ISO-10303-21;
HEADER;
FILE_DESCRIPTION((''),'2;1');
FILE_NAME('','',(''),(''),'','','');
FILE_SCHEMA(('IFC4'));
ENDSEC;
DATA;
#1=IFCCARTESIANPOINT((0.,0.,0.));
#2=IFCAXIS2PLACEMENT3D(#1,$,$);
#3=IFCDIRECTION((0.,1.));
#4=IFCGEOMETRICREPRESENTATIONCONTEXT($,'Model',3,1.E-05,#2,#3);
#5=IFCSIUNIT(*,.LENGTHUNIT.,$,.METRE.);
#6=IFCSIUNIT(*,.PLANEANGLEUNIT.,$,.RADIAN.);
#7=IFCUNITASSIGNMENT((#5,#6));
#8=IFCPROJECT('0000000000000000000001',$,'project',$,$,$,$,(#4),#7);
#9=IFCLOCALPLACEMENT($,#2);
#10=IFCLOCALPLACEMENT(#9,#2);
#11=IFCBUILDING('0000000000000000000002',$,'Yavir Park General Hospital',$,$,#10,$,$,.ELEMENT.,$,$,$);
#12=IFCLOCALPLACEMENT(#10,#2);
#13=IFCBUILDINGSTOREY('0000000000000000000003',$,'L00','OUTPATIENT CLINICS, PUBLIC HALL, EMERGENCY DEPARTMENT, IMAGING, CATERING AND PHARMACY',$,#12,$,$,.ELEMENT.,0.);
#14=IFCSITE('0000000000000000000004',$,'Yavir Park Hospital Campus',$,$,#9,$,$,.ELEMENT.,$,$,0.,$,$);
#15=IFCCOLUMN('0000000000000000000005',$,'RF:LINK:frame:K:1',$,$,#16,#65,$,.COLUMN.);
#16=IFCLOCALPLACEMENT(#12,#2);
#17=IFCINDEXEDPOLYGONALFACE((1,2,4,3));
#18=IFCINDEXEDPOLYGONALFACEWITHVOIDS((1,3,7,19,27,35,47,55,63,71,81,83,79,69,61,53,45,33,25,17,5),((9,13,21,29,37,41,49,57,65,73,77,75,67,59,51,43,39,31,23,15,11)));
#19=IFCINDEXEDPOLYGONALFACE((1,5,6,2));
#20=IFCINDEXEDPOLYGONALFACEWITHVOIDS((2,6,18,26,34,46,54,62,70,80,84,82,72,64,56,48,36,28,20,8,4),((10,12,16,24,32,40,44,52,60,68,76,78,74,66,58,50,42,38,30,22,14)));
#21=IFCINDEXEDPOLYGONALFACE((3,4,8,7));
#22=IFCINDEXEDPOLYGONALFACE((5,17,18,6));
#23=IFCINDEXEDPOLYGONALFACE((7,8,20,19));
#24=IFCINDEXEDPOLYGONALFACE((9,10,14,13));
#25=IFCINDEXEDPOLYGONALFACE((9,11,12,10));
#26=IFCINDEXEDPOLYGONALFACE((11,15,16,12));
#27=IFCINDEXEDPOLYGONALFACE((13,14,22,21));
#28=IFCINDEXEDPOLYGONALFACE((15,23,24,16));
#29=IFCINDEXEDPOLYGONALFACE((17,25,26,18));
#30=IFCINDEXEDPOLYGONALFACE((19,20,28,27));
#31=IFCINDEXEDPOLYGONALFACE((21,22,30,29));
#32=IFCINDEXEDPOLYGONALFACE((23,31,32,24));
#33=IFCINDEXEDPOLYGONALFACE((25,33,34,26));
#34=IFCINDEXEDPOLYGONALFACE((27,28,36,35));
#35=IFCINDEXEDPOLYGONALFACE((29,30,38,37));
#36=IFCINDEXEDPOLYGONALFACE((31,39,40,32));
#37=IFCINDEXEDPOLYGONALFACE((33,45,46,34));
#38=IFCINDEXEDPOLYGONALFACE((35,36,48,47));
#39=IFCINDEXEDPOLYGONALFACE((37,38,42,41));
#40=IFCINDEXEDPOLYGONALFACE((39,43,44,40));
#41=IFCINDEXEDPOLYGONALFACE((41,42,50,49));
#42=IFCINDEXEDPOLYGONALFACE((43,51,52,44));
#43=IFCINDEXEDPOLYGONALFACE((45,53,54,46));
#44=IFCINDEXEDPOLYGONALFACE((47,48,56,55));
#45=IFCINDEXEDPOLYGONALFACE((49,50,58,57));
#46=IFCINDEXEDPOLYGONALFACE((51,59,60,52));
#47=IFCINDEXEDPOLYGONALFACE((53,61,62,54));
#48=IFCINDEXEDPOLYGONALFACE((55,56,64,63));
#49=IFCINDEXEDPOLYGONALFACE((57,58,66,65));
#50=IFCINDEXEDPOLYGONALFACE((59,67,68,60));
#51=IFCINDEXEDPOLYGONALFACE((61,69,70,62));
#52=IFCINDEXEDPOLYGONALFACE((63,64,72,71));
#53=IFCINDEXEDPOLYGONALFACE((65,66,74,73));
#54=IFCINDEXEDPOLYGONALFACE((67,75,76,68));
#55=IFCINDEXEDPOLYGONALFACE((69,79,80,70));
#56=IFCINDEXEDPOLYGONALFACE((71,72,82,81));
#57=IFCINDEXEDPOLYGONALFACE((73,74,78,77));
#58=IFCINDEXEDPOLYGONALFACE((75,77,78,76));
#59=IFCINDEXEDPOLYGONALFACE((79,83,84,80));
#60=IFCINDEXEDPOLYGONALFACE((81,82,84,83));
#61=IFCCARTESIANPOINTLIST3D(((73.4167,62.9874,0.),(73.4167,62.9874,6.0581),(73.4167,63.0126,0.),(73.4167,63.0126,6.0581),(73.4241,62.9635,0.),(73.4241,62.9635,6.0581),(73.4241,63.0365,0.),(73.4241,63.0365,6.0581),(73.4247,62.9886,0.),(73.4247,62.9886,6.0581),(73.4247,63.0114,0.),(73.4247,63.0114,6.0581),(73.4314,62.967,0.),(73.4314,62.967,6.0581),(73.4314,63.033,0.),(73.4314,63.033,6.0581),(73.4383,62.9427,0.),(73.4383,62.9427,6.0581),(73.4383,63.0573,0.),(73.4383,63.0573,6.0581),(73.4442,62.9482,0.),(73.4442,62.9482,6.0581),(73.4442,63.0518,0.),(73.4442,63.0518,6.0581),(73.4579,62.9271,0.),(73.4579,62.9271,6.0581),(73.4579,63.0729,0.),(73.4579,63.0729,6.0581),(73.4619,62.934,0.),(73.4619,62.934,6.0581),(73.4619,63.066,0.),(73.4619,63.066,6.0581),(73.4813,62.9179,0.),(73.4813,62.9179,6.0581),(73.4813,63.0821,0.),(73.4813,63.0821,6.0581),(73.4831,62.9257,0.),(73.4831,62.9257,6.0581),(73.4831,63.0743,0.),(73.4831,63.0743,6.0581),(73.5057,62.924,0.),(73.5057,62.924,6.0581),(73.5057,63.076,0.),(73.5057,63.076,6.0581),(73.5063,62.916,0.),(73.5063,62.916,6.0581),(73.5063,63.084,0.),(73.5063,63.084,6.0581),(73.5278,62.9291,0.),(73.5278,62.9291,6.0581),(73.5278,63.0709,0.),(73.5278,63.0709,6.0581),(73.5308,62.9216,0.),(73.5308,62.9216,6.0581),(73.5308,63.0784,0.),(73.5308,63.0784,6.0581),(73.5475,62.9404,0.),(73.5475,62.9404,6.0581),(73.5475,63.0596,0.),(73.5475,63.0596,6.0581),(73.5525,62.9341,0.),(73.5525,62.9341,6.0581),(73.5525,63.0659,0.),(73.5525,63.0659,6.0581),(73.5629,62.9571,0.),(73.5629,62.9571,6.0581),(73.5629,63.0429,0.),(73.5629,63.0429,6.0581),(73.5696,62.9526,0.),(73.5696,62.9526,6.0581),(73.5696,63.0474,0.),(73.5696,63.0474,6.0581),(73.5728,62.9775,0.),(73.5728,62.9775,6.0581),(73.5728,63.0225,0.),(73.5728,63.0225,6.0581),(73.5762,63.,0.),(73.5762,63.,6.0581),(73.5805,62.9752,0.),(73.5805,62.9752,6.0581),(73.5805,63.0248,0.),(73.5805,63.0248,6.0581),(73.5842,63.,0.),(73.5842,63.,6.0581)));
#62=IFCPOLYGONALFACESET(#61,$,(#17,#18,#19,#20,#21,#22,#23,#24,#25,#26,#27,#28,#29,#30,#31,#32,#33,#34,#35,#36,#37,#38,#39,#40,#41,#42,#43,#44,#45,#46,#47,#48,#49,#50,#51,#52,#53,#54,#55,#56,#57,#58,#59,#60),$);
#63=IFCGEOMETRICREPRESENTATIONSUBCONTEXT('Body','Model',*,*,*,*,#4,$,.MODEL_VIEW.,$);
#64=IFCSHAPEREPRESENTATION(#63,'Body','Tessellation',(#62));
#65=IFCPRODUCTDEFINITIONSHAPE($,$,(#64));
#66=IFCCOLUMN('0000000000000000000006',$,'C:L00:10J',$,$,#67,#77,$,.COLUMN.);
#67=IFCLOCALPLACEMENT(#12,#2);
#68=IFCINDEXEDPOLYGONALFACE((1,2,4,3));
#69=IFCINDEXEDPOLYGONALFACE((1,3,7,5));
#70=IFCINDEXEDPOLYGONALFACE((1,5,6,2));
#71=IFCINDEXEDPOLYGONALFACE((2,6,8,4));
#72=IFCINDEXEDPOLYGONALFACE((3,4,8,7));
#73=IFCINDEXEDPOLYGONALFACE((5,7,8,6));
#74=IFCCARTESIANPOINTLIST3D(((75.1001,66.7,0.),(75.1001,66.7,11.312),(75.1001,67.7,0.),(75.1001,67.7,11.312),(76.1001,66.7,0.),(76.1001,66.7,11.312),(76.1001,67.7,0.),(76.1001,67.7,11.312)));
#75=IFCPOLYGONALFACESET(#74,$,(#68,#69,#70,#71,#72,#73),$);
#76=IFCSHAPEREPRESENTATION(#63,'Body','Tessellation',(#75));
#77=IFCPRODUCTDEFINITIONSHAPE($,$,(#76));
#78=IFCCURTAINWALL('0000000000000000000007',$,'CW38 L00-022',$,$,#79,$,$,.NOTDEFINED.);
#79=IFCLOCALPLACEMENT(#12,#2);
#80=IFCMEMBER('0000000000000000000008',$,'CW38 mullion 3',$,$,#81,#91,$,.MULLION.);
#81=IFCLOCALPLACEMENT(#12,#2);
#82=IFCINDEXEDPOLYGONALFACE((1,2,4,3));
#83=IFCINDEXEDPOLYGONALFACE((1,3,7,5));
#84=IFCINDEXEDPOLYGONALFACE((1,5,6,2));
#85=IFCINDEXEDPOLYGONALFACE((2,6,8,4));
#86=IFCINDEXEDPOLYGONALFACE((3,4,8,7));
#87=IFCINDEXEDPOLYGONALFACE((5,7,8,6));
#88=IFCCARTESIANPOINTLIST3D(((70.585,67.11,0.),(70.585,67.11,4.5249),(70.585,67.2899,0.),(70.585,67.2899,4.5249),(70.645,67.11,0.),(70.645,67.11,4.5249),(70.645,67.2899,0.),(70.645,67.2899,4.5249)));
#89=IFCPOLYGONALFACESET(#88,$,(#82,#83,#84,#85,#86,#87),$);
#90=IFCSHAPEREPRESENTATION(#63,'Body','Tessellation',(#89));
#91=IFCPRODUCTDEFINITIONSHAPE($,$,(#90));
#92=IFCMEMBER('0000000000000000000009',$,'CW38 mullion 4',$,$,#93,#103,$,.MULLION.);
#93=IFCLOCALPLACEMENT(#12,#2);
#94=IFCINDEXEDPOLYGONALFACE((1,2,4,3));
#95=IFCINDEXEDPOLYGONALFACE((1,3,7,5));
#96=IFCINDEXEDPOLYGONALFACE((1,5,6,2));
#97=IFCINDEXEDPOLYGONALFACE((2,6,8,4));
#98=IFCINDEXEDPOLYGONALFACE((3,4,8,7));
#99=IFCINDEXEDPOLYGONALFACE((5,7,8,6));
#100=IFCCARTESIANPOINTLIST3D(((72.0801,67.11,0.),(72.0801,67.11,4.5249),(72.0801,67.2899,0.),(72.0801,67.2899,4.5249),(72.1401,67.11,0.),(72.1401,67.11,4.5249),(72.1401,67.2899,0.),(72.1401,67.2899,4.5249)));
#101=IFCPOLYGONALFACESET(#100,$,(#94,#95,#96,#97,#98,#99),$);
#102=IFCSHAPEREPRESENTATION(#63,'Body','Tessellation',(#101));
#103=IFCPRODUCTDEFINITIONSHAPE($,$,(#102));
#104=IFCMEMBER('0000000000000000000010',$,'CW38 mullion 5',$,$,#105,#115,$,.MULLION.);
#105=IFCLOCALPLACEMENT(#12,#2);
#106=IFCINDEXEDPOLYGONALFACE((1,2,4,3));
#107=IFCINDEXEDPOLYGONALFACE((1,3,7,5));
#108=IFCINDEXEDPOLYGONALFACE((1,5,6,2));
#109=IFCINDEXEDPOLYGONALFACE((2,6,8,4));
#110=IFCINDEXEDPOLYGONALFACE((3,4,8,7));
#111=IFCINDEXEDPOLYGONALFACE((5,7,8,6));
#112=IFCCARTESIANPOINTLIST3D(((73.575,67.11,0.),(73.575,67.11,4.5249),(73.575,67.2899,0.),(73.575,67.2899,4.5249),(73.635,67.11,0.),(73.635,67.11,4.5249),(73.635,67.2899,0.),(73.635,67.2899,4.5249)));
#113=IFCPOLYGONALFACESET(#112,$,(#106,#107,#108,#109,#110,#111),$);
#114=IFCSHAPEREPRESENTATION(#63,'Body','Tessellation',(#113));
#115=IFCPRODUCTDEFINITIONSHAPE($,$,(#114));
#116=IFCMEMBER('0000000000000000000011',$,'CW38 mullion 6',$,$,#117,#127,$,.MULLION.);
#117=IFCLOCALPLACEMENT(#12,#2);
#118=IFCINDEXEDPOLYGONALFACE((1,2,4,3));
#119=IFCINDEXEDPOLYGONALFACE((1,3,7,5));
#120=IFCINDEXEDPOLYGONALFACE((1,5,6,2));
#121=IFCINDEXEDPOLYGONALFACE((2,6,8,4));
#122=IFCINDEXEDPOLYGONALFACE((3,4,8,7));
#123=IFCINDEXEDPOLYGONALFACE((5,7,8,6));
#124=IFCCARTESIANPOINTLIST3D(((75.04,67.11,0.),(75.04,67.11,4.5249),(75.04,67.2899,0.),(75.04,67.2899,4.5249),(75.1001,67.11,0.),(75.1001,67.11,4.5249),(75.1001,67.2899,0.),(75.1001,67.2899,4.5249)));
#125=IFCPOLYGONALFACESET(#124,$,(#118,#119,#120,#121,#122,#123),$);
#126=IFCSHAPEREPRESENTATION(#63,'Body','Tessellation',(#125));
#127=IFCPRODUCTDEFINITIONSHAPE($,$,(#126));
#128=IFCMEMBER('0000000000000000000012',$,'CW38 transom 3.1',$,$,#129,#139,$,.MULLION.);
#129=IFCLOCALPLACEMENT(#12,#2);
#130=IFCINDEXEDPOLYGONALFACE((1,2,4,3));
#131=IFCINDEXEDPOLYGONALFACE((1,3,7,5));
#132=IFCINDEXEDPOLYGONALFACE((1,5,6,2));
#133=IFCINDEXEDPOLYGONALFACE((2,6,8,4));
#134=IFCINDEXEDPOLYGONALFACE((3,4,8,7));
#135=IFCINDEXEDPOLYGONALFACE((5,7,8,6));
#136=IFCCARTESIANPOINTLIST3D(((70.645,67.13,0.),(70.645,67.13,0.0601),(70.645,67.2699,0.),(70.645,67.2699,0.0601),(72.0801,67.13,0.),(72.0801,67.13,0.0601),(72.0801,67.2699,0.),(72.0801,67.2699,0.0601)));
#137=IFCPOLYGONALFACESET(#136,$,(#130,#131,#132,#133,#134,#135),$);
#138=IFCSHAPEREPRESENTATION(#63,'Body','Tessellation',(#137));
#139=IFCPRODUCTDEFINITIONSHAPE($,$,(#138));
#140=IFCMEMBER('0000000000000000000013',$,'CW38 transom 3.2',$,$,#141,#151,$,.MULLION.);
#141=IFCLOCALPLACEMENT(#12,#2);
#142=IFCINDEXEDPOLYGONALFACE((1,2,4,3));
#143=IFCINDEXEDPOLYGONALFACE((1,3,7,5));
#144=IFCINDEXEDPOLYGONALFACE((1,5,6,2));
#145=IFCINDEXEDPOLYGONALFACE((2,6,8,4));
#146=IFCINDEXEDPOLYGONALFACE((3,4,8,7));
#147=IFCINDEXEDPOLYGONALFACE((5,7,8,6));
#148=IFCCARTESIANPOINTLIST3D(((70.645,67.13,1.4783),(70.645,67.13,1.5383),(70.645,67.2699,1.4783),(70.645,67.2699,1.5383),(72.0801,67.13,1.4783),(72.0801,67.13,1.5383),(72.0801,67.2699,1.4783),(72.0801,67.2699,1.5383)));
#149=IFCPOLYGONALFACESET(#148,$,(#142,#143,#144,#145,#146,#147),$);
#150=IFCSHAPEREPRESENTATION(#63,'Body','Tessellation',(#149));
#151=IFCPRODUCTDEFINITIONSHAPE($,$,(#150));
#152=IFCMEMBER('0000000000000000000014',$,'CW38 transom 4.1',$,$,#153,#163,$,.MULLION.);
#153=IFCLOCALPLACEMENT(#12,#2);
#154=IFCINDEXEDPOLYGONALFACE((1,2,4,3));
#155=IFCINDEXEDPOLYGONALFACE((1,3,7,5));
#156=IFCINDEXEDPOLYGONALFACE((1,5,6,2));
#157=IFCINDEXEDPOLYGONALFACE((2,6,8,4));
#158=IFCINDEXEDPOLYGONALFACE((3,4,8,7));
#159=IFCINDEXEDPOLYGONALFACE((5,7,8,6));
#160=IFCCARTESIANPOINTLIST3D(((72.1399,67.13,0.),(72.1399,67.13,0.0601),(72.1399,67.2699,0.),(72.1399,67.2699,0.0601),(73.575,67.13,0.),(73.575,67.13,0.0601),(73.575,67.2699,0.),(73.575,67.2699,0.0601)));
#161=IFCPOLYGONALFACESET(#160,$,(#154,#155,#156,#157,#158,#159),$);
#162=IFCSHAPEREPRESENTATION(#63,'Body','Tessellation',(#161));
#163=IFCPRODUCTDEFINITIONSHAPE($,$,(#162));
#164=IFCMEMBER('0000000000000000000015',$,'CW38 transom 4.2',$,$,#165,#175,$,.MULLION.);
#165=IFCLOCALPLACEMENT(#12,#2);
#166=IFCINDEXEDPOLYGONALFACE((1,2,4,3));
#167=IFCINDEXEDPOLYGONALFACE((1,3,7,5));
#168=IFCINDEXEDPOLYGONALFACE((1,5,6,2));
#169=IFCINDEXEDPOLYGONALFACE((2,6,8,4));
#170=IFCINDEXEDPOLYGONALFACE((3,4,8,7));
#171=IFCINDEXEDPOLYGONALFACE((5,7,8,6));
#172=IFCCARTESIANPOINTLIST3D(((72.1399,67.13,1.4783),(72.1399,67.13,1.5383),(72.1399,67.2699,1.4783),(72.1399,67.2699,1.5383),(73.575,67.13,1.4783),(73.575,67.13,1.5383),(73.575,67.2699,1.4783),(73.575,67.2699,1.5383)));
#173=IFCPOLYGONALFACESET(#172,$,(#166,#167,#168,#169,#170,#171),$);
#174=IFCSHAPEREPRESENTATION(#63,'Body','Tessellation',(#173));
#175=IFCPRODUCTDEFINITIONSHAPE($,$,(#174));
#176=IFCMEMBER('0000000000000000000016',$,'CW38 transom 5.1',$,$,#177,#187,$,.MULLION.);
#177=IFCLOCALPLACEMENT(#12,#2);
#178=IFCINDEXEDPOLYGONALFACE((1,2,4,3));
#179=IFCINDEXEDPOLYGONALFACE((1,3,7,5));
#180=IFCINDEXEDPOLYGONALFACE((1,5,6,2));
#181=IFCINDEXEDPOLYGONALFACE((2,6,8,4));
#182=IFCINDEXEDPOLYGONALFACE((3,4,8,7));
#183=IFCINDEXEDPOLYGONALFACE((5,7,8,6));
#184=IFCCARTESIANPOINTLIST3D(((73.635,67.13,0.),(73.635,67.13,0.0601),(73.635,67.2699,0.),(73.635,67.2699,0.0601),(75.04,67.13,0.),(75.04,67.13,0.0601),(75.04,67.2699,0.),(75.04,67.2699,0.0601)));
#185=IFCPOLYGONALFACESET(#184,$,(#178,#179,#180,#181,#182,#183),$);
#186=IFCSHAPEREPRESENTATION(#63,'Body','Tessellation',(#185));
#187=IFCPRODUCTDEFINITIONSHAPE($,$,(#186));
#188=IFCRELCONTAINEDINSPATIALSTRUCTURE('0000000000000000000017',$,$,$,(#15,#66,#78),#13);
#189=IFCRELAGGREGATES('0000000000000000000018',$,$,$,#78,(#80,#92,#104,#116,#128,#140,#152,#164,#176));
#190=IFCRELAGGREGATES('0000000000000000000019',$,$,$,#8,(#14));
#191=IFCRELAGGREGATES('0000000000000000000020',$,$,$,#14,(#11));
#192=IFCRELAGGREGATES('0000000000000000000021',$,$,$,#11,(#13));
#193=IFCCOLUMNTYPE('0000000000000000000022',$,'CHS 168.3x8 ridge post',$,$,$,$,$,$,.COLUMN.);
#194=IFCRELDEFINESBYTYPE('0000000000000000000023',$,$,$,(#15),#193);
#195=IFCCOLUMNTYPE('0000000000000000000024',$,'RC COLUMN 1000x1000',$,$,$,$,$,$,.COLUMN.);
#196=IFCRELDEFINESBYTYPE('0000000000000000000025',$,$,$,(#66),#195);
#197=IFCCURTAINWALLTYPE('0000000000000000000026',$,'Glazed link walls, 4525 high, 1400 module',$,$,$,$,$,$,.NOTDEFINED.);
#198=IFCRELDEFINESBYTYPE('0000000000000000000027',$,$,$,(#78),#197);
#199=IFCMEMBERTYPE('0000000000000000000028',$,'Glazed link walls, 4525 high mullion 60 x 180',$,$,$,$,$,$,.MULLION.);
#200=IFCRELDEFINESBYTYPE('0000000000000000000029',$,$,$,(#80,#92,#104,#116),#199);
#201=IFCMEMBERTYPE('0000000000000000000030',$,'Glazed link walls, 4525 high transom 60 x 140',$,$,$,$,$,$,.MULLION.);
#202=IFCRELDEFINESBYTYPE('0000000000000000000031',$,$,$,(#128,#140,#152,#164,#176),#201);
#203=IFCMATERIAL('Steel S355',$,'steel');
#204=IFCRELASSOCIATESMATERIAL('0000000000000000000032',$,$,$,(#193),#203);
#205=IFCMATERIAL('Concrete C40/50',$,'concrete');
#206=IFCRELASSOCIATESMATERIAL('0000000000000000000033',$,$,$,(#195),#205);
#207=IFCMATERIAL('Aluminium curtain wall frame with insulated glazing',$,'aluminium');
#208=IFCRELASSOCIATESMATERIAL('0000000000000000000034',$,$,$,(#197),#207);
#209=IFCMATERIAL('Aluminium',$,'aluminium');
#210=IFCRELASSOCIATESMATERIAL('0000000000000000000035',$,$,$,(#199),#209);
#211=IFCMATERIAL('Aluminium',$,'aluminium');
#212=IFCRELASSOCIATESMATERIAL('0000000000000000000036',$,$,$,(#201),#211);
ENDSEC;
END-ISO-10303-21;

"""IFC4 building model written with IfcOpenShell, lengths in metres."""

from ifc_helpers import new_model, si_unit, direction, frame, origin, origin_2d, place, context, subcontext, project, spatial, rectangle, hollow_circle, extrude, material, material_profile, profile_set, type_object, element, aggregate, save


model = new_model("IFC4")

# Units and contexts
model_context = context("Model", 3, precision=1e-05, world=origin(), true_north=direction((0.0, 1.0)))
body_context = subcontext(model_context, "Body", "Model", "MODEL_VIEW")
ifc_project = project(units=[si_unit("LENGTHUNIT", "METRE"), si_unit("PLANEANGLEUNIT", "RADIAN")], contexts=[model_context])

# Site, building, storey
site_placement = place(None, origin())
site = spatial("IfcSite", under=ifc_project, at=site_placement, Name="Yavir Park Hospital Campus", CompositionType="ELEMENT", RefElevation=0.0)
building_placement = place(site_placement, origin())
building = spatial("IfcBuilding", under=site, at=building_placement, Name="Yavir Park General Hospital", CompositionType="ELEMENT")
storey_placement = place(building_placement, origin())
storey = spatial("IfcBuildingStorey", under=building, at=storey_placement, Name="L00", Description="OUTPATIENT CLINICS, PUBLIC HALL, EMERGENCY DEPARTMENT, IMAGING, CATERING AND PHARMACY", CompositionType="ELEMENT", Elevation=0.0)

# Columns
ifc_material_1 = material(Name="Steel S355", Category="steel")
ifc_material_profile_1 = material_profile(ifc_material_1, hollow_circle(Radius=0.0842, WallThickness=0.0081, at=origin_2d()), Name="CHS168.3x8")
ifc_profile_set_1 = profile_set([ifc_material_profile_1], Name="Steel S355")
column_type_1 = type_object("IfcColumnType", Name="CHS 168.3x8 ridge post", PredefinedType="COLUMN", material=ifc_profile_set_1)
column_1_placement = place(storey_placement, frame((73.5, 63.0, 0.0), z_axis=(0.0, 0.0, 1.0), x_axis=(1.0, 0.0, 0.0)))
element("IfcColumn", 1, at=column_1_placement, inside=storey, type_object=column_type_1, Name="RF:LINK:frame:K:1", PredefinedType="COLUMN", context=body_context, shape_type="SweptSolid", body=[
    extrude(hollow_circle(Radius=0.0842, WallThickness=0.0081, at=origin_2d()), origin(), (0.0, 0.0, 1.0), 6.0581),
])
ifc_material_2 = material(Name="Concrete C40/50", Category="concrete")
ifc_material_profile_2 = material_profile(ifc_material_2, rectangle(XDim=1.0, YDim=1.0, at=origin_2d()), Name="RC1000x1000")
ifc_profile_set_2 = profile_set([ifc_material_profile_2], Name="Concrete C40/50")
column_type_2 = type_object("IfcColumnType", Name="RC COLUMN 1000x1000", PredefinedType="COLUMN", material=ifc_profile_set_2)
column_2_placement = place(storey_placement, frame((75.6001, 67.2, 0.0), z_axis=(0.0, 0.0, 1.0), x_axis=(1.0, 0.0, 0.0)))
element("IfcColumn", 2, at=column_2_placement, inside=storey, type_object=column_type_2, Name="C:L00:10J", PredefinedType="COLUMN", context=body_context, shape_type="SweptSolid", body=[
    extrude(rectangle(XDim=1.0, YDim=1.0, at=origin_2d()), origin(), (0.0, 0.0, 1.0), 11.312),
])

# Curtain wall, members
ifc_material_3 = material(Name="Aluminium curtain wall frame with insulated glazing", Category="aluminium")
curtain_wall_type_1 = type_object("IfcCurtainWallType", Name="Glazed link walls, 4525 high, 1400 module", PredefinedType="NOTDEFINED", material=ifc_material_3)
curtain_wall_1_placement = place(storey_placement, origin())
curtain_wall_1 = element("IfcCurtainWall", 3, at=curtain_wall_1_placement, inside=storey, type_object=curtain_wall_type_1, Name="CW38 L00-022", PredefinedType="NOTDEFINED")
ifc_material_4 = material(Name="Aluminium", Category="aluminium")
ifc_material_profile_3 = material_profile(ifc_material_4, rectangle(XDim=0.1799, YDim=0.0601, at=origin_2d()), Name="AL 60x180")
ifc_profile_set_3 = profile_set([ifc_material_profile_3], Name="Aluminium")
member_type_1 = type_object("IfcMemberType", Name="Glazed link walls, 4525 high mullion 60 x 180", PredefinedType="MULLION", material=ifc_profile_set_3)
member_1_placement = place(storey_placement, frame((70.615, 67.2, 0.0), z_axis=(0.0, 0.0, 1.0), x_axis=(0.0, 1.0, 0.0)))
member_1 = element("IfcMember", 4, at=member_1_placement, type_object=member_type_1, Name="CW38 mullion 3", PredefinedType="MULLION", context=body_context, shape_type="SweptSolid", body=[
    extrude(rectangle(XDim=0.1799, YDim=0.0601, at=origin_2d()), origin(), (0.0, 0.0, 1.0), 4.5249),
])
member_2_placement = place(storey_placement, frame((72.1101, 67.2, 0.0), z_axis=(0.0, 0.0, 1.0), x_axis=(0.0, 1.0, 0.0)))
member_2 = element("IfcMember", 5, at=member_2_placement, type_object=member_type_1, Name="CW38 mullion 4", PredefinedType="MULLION", context=body_context, shape_type="SweptSolid", body=[
    extrude(rectangle(XDim=0.1799, YDim=0.0601, at=origin_2d()), origin(), (0.0, 0.0, 1.0), 4.5249),
])
member_3_placement = place(storey_placement, frame((73.605, 67.2, 0.0), z_axis=(0.0, 0.0, 1.0), x_axis=(0.0, 1.0, 0.0)))
member_3 = element("IfcMember", 6, at=member_3_placement, type_object=member_type_1, Name="CW38 mullion 5", PredefinedType="MULLION", context=body_context, shape_type="SweptSolid", body=[
    extrude(rectangle(XDim=0.1799, YDim=0.0601, at=origin_2d()), origin(), (0.0, 0.0, 1.0), 4.5249),
])
member_4_placement = place(storey_placement, frame((75.0701, 67.2, 0.0), z_axis=(0.0, 0.0, 1.0), x_axis=(0.0, 1.0, 0.0)))
member_4 = element("IfcMember", 7, at=member_4_placement, type_object=member_type_1, Name="CW38 mullion 6", PredefinedType="MULLION", context=body_context, shape_type="SweptSolid", body=[
    extrude(rectangle(XDim=0.1799, YDim=0.0601, at=origin_2d()), origin(), (0.0, 0.0, 1.0), 4.5249),
])
ifc_material_5 = material(Name="Aluminium", Category="aluminium")
ifc_material_profile_4 = material_profile(ifc_material_5, rectangle(XDim=0.1399, YDim=0.0601, at=origin_2d()), Name="AL 140x60")
ifc_profile_set_4 = profile_set([ifc_material_profile_4], Name="Aluminium")
member_type_2 = type_object("IfcMemberType", Name="Glazed link walls, 4525 high transom 60 x 140", PredefinedType="MULLION", material=ifc_profile_set_4)
member_5_placement = place(storey_placement, frame((70.645, 67.2, 0.03), z_axis=(1.0, 0.0, 0.0), x_axis=(0.0, 1.0, 0.0)))
member_5 = element("IfcMember", 8, at=member_5_placement, type_object=member_type_2, Name="CW38 transom 3.1", PredefinedType="MULLION", context=body_context, shape_type="SweptSolid", body=[
    extrude(rectangle(XDim=0.1399, YDim=0.0601, at=origin_2d()), origin(), (0.0, 0.0, 1.0), 1.4351),
])
member_6_placement = place(storey_placement, frame((70.645, 67.2, 1.5083), z_axis=(1.0, 0.0, 0.0), x_axis=(0.0, 1.0, 0.0)))
member_6 = element("IfcMember", 9, at=member_6_placement, type_object=member_type_2, Name="CW38 transom 3.2", PredefinedType="MULLION", context=body_context, shape_type="SweptSolid", body=[
    extrude(rectangle(XDim=0.1399, YDim=0.0601, at=origin_2d()), origin(), (0.0, 0.0, 1.0), 1.4351),
])
member_7_placement = place(storey_placement, frame((72.1399, 67.2, 0.03), z_axis=(1.0, 0.0, 0.0), x_axis=(0.0, 1.0, 0.0)))
member_7 = element("IfcMember", 10, at=member_7_placement, type_object=member_type_2, Name="CW38 transom 4.1", PredefinedType="MULLION", context=body_context, shape_type="SweptSolid", body=[
    extrude(rectangle(XDim=0.1399, YDim=0.0601, at=origin_2d()), origin(), (0.0, 0.0, 1.0), 1.4351),
])
member_8_placement = place(storey_placement, frame((72.1399, 67.2, 1.5083), z_axis=(1.0, 0.0, 0.0), x_axis=(0.0, 1.0, 0.0)))
member_8 = element("IfcMember", 11, at=member_8_placement, type_object=member_type_2, Name="CW38 transom 4.2", PredefinedType="MULLION", context=body_context, shape_type="SweptSolid", body=[
    extrude(rectangle(XDim=0.1399, YDim=0.0601, at=origin_2d()), origin(), (0.0, 0.0, 1.0), 1.4351),
])
member_9_placement = place(storey_placement, frame((73.635, 67.2, 0.03), z_axis=(1.0, 0.0, 0.0), x_axis=(0.0, 1.0, 0.0)))
member_9 = element("IfcMember", 12, at=member_9_placement, type_object=member_type_2, Name="CW38 transom 5.1", PredefinedType="MULLION", context=body_context, shape_type="SweptSolid", body=[
    extrude(rectangle(XDim=0.1399, YDim=0.0601, at=origin_2d()), origin(), (0.0, 0.0, 1.0), 1.405),
])

aggregate(curtain_wall_1, [member_1, member_2, member_3, member_4, member_5, member_6, member_7, member_8, member_9])

save(model, "model.ifc")
